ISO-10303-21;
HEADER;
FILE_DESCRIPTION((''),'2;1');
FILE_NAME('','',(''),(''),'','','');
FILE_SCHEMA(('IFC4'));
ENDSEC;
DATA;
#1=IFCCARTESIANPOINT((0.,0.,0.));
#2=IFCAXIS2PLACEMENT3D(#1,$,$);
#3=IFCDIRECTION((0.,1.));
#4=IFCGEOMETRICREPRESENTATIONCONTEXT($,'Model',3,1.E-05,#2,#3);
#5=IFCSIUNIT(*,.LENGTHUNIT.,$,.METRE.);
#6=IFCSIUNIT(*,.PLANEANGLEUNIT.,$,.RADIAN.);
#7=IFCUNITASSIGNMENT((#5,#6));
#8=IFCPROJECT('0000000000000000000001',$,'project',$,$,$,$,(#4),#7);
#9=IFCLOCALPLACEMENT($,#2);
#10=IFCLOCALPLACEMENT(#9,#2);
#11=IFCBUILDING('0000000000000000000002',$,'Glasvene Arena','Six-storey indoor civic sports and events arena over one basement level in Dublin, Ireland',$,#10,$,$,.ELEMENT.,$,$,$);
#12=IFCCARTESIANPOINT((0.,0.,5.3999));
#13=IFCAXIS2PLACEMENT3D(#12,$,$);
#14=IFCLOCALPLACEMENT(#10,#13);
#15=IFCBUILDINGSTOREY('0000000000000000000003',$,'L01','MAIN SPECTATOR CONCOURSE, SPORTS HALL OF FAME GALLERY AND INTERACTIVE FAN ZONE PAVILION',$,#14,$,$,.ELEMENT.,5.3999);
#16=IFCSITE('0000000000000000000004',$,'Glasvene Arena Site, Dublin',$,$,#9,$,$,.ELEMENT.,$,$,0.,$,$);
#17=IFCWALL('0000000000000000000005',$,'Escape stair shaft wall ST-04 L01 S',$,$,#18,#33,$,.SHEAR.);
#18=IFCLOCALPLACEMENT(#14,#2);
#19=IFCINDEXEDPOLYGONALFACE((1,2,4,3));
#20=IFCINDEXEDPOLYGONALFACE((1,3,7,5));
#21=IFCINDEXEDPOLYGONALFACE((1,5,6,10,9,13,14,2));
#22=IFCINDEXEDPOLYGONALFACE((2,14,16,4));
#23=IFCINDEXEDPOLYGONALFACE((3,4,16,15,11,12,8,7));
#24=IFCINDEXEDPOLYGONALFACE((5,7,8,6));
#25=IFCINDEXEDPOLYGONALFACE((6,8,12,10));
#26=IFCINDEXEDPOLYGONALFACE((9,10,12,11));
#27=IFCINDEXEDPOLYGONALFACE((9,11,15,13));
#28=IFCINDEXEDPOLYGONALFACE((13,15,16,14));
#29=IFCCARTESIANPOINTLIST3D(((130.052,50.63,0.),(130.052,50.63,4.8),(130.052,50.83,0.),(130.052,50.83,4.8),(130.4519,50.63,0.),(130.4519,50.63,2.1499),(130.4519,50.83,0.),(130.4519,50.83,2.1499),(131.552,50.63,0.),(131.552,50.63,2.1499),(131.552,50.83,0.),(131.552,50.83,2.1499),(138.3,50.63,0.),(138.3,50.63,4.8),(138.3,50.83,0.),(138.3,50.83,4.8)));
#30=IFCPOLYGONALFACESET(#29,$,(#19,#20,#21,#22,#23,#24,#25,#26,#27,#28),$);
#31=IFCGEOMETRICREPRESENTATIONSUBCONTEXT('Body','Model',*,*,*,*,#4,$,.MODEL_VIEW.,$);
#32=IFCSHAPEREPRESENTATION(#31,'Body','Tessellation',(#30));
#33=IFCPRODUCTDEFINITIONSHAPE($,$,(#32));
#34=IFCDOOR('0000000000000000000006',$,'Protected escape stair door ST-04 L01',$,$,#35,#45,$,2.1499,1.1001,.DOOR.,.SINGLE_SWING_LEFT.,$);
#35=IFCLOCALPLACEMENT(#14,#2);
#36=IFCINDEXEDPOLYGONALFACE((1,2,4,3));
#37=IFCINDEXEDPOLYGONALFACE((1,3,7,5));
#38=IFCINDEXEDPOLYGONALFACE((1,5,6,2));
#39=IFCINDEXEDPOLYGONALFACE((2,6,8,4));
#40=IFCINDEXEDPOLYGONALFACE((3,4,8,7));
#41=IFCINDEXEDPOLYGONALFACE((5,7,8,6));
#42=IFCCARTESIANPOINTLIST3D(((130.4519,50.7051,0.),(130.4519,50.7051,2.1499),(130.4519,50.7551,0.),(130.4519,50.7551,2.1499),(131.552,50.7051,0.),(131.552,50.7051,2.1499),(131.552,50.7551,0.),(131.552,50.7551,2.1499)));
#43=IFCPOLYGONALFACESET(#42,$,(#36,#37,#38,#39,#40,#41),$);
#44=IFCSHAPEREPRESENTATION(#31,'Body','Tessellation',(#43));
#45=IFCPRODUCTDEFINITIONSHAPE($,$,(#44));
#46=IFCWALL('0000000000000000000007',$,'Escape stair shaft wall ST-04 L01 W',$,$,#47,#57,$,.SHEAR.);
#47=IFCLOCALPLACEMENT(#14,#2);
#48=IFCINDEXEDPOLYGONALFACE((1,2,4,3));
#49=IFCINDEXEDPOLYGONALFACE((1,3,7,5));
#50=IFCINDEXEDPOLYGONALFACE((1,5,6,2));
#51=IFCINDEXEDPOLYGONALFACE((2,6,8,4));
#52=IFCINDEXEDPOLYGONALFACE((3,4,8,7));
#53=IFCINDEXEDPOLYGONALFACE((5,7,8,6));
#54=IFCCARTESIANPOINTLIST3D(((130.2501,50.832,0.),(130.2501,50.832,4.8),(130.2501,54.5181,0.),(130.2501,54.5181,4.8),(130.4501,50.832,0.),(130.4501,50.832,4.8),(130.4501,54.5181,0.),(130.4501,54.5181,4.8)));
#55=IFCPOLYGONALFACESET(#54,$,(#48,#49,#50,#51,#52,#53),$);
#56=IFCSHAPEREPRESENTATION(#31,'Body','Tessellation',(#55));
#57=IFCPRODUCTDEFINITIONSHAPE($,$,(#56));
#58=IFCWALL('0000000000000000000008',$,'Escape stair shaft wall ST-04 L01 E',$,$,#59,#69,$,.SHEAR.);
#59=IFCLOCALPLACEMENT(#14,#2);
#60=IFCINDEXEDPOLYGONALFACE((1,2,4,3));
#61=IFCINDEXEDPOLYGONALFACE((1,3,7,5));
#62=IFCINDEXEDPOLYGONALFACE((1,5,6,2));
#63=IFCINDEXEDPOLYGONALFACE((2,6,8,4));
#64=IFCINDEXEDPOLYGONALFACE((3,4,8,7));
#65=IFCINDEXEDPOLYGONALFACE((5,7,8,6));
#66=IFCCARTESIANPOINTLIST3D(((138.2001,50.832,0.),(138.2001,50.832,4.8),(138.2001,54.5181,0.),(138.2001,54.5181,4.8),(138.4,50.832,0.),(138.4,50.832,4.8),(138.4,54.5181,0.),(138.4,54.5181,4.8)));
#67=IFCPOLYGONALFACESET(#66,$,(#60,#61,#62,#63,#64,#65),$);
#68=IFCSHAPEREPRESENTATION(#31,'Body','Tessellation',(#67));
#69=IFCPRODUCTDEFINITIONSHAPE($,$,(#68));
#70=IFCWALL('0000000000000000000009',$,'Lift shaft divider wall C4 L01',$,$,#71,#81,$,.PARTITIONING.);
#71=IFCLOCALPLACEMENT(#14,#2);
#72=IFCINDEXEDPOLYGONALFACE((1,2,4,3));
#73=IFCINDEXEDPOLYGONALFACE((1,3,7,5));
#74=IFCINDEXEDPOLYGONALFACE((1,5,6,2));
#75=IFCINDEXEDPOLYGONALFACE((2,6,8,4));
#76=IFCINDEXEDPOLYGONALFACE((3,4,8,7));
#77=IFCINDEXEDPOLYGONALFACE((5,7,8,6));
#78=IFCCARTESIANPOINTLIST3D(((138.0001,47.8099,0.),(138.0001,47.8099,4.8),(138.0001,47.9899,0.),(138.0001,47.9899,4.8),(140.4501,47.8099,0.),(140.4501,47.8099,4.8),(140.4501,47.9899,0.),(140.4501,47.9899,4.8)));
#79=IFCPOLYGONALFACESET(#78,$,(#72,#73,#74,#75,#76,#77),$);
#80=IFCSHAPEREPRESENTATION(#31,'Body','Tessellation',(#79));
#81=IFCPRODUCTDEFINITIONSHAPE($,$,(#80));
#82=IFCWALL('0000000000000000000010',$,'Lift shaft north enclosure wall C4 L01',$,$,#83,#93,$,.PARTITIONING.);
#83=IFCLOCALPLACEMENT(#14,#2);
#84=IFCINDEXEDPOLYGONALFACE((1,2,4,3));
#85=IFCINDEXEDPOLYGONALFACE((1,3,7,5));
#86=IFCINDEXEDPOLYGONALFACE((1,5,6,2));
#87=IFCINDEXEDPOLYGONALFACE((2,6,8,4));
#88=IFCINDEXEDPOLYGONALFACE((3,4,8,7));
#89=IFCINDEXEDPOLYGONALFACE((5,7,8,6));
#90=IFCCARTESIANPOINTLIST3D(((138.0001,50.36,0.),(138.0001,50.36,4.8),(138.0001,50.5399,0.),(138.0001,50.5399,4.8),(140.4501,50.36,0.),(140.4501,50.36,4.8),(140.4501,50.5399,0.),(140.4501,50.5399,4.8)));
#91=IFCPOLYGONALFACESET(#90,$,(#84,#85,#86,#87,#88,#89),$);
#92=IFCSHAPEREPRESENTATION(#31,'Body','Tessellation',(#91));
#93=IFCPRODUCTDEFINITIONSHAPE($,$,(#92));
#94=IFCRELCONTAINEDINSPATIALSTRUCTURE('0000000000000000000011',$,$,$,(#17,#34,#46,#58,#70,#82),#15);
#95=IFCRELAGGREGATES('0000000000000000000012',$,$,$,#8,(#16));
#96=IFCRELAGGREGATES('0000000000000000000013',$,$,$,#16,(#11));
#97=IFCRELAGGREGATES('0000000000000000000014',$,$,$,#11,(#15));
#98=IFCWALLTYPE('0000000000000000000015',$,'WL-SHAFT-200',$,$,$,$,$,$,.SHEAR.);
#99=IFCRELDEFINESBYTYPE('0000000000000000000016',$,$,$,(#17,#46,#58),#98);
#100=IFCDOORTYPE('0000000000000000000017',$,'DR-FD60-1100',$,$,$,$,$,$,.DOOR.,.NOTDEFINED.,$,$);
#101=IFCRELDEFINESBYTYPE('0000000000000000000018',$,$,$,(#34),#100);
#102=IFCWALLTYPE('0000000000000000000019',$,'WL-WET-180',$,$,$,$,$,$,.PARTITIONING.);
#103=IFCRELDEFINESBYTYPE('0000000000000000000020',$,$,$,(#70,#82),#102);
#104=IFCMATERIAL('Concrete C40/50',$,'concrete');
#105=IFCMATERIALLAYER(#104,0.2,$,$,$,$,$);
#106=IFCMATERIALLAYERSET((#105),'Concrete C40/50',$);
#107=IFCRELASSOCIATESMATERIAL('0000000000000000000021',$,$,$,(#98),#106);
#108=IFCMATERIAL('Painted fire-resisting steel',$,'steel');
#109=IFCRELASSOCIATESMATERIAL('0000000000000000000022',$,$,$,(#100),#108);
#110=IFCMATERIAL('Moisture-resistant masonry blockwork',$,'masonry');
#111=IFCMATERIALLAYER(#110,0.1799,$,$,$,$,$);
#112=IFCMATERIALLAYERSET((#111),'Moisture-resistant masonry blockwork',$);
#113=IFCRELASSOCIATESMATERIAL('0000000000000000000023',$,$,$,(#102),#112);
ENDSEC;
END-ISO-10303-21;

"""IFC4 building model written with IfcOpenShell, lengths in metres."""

from ifc_helpers import new_model, si_unit, direction, frame, frame_2d, origin, place, context, subcontext, project, spatial, rectangle, extrude, material, layer, layer_set, type_object, element, fill, save


model = new_model("IFC4")

# Units and contexts
model_context = context("Model", 3, precision=1e-05, world=origin(), true_north=direction((0.0, 1.0)))
body_context = subcontext(model_context, "Body", "Model", "MODEL_VIEW")
ifc_project = project(units=[si_unit("LENGTHUNIT", "METRE"), si_unit("PLANEANGLEUNIT", "RADIAN")], contexts=[model_context])

# Site, building, storey
site_placement = place(None, origin())
site = spatial("IfcSite", under=ifc_project, at=site_placement, Name="Glasvene Arena Site, Dublin", CompositionType="ELEMENT", RefElevation=0.0)
building_placement = place(site_placement, origin())
building = spatial("IfcBuilding", under=site, at=building_placement, Name="Glasvene Arena", Description="Six-storey indoor civic sports and events arena over one basement level in Dublin, Ireland", CompositionType="ELEMENT")
storey_placement = place(building_placement, frame((0.0, 0.0, 5.3999)))
storey = spatial("IfcBuildingStorey", under=building, at=storey_placement, Name="L01", Description="MAIN SPECTATOR CONCOURSE, SPORTS HALL OF FAME GALLERY AND INTERACTIVE FAN ZONE PAVILION", CompositionType="ELEMENT", Elevation=5.3999)

# Shared definitions
ifc_material_1 = material(Name="Concrete C40/50", Category="concrete")

# Wall, opening, door
ifc_layer_1 = layer(ifc_material_1, 0.2)
ifc_layer_set_1 = layer_set([ifc_layer_1], Name="Concrete C40/50")
wall_type_1 = type_object("IfcWallType", Name="WL-SHAFT-200", PredefinedType="SHEAR", material=ifc_layer_set_1)
wall_1_placement = place(storey_placement, frame((130.052, 50.73, 0.0), z_axis=(0.0, 0.0, 1.0), x_axis=(1.0, 0.0, 0.0)))
wall_1 = element("IfcWall", 1, at=wall_1_placement, inside=storey, type_object=wall_type_1, Name="Escape stair shaft wall ST-04 L01 S", PredefinedType="SHEAR", context=body_context, shape_type="SweptSolid", body=[
    extrude(rectangle(XDim=8.248, YDim=0.2, at=frame_2d((4.124, 0.0))), origin(), (0.0, 0.0, 1.0), 4.8),
])
opening_1_placement = place(wall_1_placement, frame((0.3999, 0.0, 0.0)))
opening_1 = element("IfcOpeningElement", 2, at=opening_1_placement, cuts=wall_1, PredefinedType="OPENING", context=body_context, shape_type="SweptSolid", body=[
    extrude(rectangle(XDim=1.1001, YDim=2.1499, at=frame_2d((0.55, 1.075))), frame((0.0, 0.1099, 0.0), z_axis=(0.0, -1.0, 0.0), x_axis=(1.0, 0.0, 0.0)), (0.0, 0.0, 1.0), 0.22),
])
ifc_material_2 = material(Name="Painted fire-resisting steel", Category="steel")
door_type_1 = type_object("IfcDoorType", Name="DR-FD60-1100", OperationType="NOTDEFINED", PredefinedType="DOOR", material=ifc_material_2)
door_1_placement = place(opening_1_placement, frame((1.1001, 0.0, 0.0), z_axis=(0.0, 0.0, 1.0), x_axis=(-1.0, 0.0, 0.0)))
door_1 = element("IfcDoor", 3, at=door_1_placement, inside=storey, type_object=door_type_1, Name="Protected escape stair door ST-04 L01", OperationType="SINGLE_SWING_LEFT", OverallHeight=2.1499, OverallWidth=1.1001, PredefinedType="DOOR", context=body_context, shape_type="SweptSolid", body=[
    extrude(rectangle(XDim=1.1001, YDim=2.1499, at=frame_2d((0.55, 1.075))), frame((0.0, 0.0249, 0.0), z_axis=(0.0, -1.0, 0.0), x_axis=(1.0, 0.0, 0.0)), (0.0, 0.0, 1.0), 0.05),
])
fill(opening_1, door_1)

# Walls
for number, where, z_axis, x_axis, name in (
    (4, (130.3501, 50.832, 0.0), (0.0, 0.0, 1.0), (0.0, 1.0, 0.0), "Escape stair shaft wall ST-04 L01 W"),
    (5, (138.3, 50.832, 0.0), (0.0, 0.0, 1.0), (0.0, 1.0, 0.0), "Escape stair shaft wall ST-04 L01 E"),
):
    element("IfcWall", number, at=place(storey_placement, frame(where, z_axis=z_axis, x_axis=x_axis)), inside=storey, type_object=wall_type_1, Name=name, PredefinedType="SHEAR", context=body_context, shape_type="SweptSolid", body=[
        extrude(rectangle(XDim=3.686, YDim=0.2, at=frame_2d((1.843, 0.0))), origin(), (0.0, 0.0, 1.0), 4.8),
    ])
ifc_material_3 = material(Name="Moisture-resistant masonry blockwork", Category="masonry")
ifc_layer_2 = layer(ifc_material_3, 0.1799)
ifc_layer_set_2 = layer_set([ifc_layer_2], Name="Moisture-resistant masonry blockwork")
wall_type_2 = type_object("IfcWallType", Name="WL-WET-180", PredefinedType="PARTITIONING", material=ifc_layer_set_2)
for number, where, z_axis, x_axis, name in (
    (6, (138.0, 47.8999, 0.0), (0.0, 0.0, 1.0), (1.0, 0.0, 0.0), "Lift shaft divider wall C4 L01"),
    (7, (138.0, 50.45, 0.0), (0.0, 0.0, 1.0), (1.0, 0.0, 0.0), "Lift shaft north enclosure wall C4 L01"),
):
    element("IfcWall", number, at=place(storey_placement, frame(where, z_axis=z_axis, x_axis=x_axis)), inside=storey, type_object=wall_type_2, Name=name, PredefinedType="PARTITIONING", context=body_context, shape_type="SweptSolid", body=[
        extrude(rectangle(XDim=2.45, YDim=0.1799, at=frame_2d((1.2251, 0.0))), origin(), (0.0, 0.0, 1.0), 4.8),
    ])

save(model, "model.ifc")
